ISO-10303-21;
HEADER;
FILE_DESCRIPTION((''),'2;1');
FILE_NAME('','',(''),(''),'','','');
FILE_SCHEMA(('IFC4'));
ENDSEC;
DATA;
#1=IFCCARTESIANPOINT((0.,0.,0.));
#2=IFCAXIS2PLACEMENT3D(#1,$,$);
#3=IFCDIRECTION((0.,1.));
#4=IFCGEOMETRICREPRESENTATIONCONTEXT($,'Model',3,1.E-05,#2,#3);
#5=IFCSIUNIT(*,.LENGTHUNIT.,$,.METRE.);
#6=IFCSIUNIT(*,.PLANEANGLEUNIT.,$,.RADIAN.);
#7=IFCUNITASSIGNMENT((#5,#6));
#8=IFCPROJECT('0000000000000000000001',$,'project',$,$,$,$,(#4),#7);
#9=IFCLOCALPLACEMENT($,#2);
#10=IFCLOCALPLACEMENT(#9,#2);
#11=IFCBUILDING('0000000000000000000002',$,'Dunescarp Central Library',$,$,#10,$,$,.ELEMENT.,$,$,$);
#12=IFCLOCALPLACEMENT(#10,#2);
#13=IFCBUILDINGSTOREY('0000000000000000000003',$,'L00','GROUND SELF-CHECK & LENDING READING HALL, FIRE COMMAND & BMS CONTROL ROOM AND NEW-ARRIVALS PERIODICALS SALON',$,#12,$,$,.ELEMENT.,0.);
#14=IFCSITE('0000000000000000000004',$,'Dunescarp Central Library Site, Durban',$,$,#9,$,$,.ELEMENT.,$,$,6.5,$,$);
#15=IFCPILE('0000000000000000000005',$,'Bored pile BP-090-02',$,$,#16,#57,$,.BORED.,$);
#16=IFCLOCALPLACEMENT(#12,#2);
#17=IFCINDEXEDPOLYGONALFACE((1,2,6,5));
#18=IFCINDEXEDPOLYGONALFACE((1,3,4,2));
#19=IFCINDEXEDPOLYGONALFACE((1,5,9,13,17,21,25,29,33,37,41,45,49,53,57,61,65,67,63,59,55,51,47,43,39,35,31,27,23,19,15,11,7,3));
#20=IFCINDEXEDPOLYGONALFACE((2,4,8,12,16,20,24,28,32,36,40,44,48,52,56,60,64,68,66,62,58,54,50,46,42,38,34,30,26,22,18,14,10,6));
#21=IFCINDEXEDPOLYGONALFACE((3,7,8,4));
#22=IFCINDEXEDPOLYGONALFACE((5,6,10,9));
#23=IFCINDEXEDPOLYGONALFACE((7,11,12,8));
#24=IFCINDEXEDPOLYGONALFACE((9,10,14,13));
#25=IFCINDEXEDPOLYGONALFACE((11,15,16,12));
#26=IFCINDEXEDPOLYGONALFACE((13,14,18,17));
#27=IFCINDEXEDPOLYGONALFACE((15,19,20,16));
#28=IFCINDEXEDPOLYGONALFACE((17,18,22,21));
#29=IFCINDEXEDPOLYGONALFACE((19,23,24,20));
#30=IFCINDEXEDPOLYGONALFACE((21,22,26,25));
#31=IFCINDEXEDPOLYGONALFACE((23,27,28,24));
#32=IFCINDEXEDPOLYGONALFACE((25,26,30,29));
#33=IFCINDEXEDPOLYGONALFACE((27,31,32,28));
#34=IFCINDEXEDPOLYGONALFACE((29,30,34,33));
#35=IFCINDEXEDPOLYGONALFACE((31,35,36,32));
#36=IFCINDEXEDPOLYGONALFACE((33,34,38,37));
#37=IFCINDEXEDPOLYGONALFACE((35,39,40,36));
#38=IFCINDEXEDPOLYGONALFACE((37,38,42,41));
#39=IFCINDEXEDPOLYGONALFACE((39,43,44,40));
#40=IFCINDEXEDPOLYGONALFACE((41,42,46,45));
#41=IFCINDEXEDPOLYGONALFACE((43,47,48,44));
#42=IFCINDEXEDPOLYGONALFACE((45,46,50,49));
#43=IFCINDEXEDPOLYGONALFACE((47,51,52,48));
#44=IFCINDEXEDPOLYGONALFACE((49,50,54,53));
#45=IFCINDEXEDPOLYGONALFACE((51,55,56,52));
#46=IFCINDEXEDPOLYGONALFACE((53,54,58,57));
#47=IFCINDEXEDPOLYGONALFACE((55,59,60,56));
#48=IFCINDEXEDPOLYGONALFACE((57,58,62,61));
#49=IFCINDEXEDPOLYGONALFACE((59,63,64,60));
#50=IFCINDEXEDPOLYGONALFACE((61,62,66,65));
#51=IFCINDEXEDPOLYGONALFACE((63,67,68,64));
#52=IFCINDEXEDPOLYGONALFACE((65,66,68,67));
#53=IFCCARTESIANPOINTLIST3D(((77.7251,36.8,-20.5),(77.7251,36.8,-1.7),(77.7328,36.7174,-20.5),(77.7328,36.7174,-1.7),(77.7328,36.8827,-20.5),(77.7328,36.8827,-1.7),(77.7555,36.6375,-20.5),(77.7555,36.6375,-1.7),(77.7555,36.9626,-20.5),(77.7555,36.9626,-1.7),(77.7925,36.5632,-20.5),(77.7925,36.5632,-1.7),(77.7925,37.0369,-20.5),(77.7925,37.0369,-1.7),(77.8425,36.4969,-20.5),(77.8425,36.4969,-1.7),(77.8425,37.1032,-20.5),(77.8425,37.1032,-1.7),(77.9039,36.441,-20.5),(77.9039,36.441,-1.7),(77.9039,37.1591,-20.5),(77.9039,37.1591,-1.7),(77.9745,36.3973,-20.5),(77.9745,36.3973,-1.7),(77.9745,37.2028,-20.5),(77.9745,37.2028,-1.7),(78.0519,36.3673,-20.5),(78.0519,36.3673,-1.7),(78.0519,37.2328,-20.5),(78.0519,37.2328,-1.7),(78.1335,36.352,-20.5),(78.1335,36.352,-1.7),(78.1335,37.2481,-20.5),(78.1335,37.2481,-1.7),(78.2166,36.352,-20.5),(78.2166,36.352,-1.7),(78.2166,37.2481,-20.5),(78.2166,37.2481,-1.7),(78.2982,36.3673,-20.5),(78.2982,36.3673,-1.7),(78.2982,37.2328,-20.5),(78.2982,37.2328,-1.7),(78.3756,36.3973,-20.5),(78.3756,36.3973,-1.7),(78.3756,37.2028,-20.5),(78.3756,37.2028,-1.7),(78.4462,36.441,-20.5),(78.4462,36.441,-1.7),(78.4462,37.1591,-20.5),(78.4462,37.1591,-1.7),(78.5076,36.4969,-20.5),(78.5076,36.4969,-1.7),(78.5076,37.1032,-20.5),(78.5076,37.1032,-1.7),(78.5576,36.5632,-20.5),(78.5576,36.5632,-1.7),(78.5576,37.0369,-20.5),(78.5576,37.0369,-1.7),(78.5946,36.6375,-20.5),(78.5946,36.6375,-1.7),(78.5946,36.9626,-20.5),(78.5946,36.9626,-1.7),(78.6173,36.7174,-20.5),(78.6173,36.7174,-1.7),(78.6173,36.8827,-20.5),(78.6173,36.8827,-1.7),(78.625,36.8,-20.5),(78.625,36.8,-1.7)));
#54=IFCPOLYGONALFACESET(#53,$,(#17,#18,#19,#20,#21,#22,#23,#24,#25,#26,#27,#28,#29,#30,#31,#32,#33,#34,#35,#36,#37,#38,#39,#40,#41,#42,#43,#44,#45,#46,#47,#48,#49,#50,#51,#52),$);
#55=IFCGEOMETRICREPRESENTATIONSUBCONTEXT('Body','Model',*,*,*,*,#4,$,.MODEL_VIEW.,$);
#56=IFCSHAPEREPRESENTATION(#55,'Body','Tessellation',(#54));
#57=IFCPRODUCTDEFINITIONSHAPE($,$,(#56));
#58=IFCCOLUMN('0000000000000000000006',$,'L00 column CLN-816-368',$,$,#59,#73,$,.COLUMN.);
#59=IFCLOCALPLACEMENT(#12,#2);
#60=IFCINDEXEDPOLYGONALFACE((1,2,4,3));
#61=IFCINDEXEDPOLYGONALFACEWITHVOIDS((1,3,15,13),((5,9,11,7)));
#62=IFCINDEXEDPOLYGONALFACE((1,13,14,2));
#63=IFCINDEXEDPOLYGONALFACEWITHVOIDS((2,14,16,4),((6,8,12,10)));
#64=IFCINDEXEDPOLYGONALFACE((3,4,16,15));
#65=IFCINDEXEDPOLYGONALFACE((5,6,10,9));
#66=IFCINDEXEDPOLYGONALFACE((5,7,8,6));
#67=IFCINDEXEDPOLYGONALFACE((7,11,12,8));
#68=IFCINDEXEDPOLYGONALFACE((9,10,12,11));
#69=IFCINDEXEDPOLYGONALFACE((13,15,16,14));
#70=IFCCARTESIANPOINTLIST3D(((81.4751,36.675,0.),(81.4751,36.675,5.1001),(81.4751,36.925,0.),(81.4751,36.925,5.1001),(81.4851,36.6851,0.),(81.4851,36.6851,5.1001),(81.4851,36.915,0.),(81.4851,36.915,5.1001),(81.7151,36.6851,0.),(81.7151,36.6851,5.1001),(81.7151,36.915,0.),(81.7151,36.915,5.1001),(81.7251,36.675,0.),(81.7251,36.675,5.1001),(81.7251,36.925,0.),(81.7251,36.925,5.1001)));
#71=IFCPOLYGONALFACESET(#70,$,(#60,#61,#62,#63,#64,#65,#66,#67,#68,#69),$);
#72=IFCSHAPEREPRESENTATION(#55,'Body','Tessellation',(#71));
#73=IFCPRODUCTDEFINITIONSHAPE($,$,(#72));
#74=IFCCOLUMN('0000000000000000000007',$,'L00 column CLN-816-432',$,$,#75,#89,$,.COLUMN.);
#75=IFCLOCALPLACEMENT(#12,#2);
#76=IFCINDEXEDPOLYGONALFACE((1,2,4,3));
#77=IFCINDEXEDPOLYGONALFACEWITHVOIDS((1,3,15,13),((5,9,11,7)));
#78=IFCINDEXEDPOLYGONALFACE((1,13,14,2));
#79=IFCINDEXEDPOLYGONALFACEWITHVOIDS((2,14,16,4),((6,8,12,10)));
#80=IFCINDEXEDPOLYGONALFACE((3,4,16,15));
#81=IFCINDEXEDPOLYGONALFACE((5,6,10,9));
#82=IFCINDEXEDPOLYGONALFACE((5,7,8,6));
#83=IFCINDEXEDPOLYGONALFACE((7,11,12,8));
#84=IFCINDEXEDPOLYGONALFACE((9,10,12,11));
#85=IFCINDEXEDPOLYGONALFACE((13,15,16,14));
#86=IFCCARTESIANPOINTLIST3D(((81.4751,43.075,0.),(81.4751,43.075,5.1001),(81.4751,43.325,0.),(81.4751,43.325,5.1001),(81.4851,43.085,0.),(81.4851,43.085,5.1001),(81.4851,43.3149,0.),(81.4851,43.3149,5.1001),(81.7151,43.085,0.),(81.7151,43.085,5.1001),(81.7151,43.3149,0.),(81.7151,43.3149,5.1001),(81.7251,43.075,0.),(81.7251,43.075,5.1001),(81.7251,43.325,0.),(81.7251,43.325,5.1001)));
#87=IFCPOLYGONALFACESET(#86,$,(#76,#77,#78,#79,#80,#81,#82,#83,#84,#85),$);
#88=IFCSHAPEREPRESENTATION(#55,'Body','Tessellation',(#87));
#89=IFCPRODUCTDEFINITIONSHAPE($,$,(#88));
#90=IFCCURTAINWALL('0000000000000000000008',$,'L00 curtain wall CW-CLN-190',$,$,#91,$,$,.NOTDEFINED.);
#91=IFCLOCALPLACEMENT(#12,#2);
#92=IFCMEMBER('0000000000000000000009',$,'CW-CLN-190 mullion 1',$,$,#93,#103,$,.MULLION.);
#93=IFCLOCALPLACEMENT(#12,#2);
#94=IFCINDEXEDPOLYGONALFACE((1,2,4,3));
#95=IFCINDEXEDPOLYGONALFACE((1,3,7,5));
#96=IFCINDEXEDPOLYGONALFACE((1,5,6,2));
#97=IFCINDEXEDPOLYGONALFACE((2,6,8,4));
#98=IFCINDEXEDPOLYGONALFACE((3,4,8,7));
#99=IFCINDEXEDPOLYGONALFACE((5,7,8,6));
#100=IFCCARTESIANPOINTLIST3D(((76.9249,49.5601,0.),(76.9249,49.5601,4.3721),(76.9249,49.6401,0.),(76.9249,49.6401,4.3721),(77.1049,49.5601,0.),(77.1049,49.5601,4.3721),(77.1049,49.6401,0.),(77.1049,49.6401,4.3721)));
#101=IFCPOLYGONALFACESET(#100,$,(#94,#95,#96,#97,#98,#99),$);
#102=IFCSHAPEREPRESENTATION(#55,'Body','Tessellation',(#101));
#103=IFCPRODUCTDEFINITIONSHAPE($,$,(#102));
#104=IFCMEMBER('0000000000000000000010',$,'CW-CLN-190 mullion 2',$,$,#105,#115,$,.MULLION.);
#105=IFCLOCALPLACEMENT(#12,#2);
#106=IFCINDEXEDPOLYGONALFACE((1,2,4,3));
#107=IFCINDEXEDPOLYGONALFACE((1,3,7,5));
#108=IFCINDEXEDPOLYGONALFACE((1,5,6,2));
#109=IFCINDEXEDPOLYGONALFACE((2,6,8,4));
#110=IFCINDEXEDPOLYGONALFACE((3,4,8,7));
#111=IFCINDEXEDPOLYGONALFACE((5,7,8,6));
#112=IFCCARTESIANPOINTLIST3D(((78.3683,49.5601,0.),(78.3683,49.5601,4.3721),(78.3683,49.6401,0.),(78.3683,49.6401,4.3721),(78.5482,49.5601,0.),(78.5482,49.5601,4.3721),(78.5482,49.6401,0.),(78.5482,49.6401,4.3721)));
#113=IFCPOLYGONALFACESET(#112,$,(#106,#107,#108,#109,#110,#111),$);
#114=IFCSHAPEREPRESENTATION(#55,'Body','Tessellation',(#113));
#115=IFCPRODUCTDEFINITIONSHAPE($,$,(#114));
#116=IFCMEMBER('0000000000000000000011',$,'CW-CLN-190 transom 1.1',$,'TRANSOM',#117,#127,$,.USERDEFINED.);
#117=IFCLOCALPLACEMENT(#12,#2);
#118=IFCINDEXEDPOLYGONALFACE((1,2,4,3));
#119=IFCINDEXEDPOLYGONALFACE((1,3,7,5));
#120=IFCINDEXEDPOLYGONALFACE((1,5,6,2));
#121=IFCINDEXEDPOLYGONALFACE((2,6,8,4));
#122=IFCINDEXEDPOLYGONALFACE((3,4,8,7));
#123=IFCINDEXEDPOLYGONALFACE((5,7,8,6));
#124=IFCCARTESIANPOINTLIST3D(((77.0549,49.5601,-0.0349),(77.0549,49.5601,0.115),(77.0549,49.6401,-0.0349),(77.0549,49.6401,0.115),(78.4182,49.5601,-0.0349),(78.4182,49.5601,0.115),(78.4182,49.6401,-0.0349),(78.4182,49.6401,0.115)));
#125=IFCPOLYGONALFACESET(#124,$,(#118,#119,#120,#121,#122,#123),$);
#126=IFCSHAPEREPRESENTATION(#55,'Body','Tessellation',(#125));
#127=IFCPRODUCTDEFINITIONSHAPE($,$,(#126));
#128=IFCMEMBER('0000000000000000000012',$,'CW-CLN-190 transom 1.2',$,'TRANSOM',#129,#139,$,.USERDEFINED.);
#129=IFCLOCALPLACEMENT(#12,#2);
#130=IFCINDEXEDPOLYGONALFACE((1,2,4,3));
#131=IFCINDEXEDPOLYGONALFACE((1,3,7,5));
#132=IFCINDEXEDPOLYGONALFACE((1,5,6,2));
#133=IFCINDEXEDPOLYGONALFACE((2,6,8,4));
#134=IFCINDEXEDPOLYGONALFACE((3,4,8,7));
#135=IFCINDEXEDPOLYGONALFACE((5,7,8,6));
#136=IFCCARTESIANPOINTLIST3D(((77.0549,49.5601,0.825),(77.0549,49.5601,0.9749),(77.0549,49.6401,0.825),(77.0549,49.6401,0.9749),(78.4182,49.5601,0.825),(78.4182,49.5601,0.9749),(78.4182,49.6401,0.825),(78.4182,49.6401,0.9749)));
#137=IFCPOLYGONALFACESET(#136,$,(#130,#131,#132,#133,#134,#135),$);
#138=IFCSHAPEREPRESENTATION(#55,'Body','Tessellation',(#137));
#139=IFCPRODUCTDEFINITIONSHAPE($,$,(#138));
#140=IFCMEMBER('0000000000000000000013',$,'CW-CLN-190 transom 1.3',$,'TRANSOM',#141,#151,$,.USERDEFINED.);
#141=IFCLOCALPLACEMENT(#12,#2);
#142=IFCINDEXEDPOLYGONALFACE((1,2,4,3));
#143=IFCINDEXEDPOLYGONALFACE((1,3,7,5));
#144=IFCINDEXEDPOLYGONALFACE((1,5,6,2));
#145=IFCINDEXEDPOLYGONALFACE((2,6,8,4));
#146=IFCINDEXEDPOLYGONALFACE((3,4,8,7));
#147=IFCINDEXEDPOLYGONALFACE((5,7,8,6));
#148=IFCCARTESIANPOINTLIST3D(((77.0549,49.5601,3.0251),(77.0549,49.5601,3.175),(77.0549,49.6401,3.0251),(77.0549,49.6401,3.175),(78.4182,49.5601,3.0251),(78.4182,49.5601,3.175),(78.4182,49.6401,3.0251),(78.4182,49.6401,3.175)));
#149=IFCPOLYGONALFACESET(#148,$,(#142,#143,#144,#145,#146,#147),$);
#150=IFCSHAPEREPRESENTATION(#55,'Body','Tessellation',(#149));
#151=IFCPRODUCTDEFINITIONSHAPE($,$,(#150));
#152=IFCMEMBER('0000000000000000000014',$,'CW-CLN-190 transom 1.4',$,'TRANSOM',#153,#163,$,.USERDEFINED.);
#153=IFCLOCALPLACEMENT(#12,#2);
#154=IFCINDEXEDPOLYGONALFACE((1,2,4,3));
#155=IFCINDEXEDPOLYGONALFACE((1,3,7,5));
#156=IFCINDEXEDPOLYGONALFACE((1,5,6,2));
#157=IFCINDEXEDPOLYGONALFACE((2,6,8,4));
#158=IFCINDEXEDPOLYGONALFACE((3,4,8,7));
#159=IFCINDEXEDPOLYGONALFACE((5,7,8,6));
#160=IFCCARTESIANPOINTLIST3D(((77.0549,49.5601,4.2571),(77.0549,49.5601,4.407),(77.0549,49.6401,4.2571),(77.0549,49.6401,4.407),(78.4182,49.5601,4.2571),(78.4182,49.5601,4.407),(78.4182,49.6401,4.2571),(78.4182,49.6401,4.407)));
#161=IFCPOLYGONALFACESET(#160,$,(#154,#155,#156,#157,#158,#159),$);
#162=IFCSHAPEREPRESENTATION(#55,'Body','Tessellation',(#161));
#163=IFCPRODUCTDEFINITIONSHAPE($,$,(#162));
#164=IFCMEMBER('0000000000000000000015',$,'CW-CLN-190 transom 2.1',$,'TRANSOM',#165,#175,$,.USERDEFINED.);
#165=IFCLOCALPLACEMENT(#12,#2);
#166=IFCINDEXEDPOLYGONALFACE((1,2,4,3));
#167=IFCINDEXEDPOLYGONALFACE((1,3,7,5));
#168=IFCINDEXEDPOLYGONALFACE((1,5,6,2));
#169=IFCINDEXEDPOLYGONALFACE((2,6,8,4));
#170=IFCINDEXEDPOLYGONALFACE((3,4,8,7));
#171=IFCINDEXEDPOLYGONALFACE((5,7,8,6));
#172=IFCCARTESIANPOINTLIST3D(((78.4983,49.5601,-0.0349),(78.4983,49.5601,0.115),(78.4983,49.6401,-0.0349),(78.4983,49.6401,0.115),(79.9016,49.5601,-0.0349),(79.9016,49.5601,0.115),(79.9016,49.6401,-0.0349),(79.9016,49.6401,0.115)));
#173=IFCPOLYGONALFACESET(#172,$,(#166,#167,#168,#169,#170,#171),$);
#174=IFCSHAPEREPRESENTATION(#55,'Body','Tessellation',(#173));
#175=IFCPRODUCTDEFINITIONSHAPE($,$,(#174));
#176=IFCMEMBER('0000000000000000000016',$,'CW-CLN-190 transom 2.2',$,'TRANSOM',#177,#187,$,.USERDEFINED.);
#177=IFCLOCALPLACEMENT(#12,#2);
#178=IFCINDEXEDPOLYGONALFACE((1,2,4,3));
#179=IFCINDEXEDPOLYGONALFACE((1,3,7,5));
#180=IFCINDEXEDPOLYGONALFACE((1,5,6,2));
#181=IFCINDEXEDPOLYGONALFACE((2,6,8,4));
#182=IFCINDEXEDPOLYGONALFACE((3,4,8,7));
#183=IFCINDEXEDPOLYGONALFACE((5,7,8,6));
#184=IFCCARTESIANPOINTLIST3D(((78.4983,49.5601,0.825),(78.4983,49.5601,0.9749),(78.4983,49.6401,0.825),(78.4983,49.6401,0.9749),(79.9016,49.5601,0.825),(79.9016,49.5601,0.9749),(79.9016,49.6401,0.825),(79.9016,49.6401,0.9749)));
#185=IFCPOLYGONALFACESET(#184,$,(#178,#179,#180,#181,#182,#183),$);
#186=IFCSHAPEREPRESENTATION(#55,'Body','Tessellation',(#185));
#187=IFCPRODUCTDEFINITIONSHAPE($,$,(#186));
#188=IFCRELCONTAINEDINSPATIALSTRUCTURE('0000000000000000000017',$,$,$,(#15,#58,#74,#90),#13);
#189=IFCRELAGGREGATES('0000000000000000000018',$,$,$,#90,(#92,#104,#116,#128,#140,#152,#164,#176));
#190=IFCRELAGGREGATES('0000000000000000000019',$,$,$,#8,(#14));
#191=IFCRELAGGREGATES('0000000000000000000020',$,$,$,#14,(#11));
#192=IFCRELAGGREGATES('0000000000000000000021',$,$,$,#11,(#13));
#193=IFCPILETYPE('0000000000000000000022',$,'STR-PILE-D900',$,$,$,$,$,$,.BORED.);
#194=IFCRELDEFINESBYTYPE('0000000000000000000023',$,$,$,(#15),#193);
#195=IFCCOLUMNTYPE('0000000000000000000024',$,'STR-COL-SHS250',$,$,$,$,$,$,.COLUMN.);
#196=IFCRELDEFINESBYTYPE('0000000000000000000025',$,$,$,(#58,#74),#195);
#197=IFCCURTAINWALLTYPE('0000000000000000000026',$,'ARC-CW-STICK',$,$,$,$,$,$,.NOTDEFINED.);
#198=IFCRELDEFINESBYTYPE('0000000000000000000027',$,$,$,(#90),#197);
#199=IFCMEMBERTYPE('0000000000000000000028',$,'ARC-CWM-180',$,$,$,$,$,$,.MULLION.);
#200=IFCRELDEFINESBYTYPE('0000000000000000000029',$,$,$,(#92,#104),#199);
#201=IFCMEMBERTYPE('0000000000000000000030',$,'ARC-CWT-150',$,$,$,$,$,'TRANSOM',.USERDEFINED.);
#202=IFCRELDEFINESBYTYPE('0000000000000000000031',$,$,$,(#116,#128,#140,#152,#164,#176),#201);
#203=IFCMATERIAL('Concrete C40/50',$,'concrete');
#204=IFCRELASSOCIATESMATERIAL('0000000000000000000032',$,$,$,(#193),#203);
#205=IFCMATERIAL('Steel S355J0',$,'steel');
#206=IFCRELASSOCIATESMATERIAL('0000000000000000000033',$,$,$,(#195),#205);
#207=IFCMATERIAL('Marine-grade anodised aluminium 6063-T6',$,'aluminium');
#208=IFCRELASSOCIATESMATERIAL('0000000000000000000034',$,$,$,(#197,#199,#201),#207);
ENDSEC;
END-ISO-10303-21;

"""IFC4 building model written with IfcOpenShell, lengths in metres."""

from ifc_helpers import new_model, si_unit, direction, frame, origin, origin_2d, place, context, subcontext, project, spatial, rectangle, hollow_rectangle, circle, extrude, material, material_profile, profile_set, type_object, element, aggregate, save


model = new_model("IFC4")

# Units and contexts
model_context = context("Model", 3, precision=1e-05, world=origin(), true_north=direction((0.0, 1.0)))
body_context = subcontext(model_context, "Body", "Model", "MODEL_VIEW")
ifc_project = project(units=[si_unit("LENGTHUNIT", "METRE"), si_unit("PLANEANGLEUNIT", "RADIAN")], contexts=[model_context])

# Site, building, storey
site_placement = place(None, origin())
site = spatial("IfcSite", under=ifc_project, at=site_placement, Name="Dunescarp Central Library Site, Durban", CompositionType="ELEMENT", RefElevation=6.5)
building_placement = place(site_placement, origin())
building = spatial("IfcBuilding", under=site, at=building_placement, Name="Dunescarp Central Library", CompositionType="ELEMENT")
storey_placement = place(building_placement, origin())
storey = spatial("IfcBuildingStorey", under=building, at=storey_placement, Name="L00", Description="GROUND SELF-CHECK & LENDING READING HALL, FIRE COMMAND & BMS CONTROL ROOM AND NEW-ARRIVALS PERIODICALS SALON", CompositionType="ELEMENT", Elevation=0.0)

# Shared definitions
ifc_material_1 = material(Name="Concrete C40/50", Category="concrete")

# Pile
ifc_material_profile_1 = material_profile(ifc_material_1, circle(Radius=0.45, at=origin_2d()), Name="PILE D900")
ifc_profile_set_1 = profile_set([ifc_material_profile_1], Name="Concrete C40/50")
pile_type_1 = type_object("IfcPileType", Name="STR-PILE-D900", PredefinedType="BORED", material=ifc_profile_set_1)
for number, where, z_axis, x_axis, name in (
    (1, (78.175, 36.8, -1.7), (0.0, 0.0, -1.0), (1.0, 0.0, 0.0), "Bored pile BP-090-02"),
):
    element("IfcPile", number, at=place(storey_placement, frame(where, z_axis=z_axis, x_axis=x_axis)), inside=storey, type_object=pile_type_1, Name=name, PredefinedType="BORED", context=body_context, shape_type="SweptSolid", body=[
        extrude(circle(Radius=0.45, at=origin_2d()), origin(), (0.0, 0.0, 1.0), 18.8),
    ])

# Columns
ifc_material_2 = material(Name="Steel S355J0", Category="steel")
ifc_material_profile_2 = material_profile(ifc_material_2, hollow_rectangle(XDim=0.25, YDim=0.25, WallThickness=0.01, at=origin_2d()), Name="SHS 250x250x10")
ifc_profile_set_2 = profile_set([ifc_material_profile_2], Name="Steel S355J0")
column_type = type_object("IfcColumnType", Name="STR-COL-SHS250", PredefinedType="COLUMN", material=ifc_profile_set_2)
for number, where, z_axis, x_axis, name in (
    (2, (81.6001, 36.8, 0.0), (0.0, 0.0, 1.0), (1.0, 0.0, 0.0), "L00 column CLN-816-368"),
    (3, (81.6001, 43.2, 0.0), (0.0, 0.0, 1.0), (1.0, 0.0, 0.0), "L00 column CLN-816-432"),
):
    element("IfcColumn", number, at=place(storey_placement, frame(where, z_axis=z_axis, x_axis=x_axis)), inside=storey, type_object=column_type, Name=name, PredefinedType="COLUMN", context=body_context, shape_type="SweptSolid", body=[
        extrude(hollow_rectangle(XDim=0.25, YDim=0.25, WallThickness=0.01, at=origin_2d()), origin(), (0.0, 0.0, 1.0), 5.1001),
    ])

# Curtain wall, members
ifc_material_3 = material(Name="Marine-grade anodised aluminium 6063-T6", Category="aluminium")
curtain_wall_type = type_object("IfcCurtainWallType", Name="ARC-CW-STICK", PredefinedType="NOTDEFINED", material=ifc_material_3)
curtain_wall_placement = place(storey_placement, origin())
curtain_wall = element("IfcCurtainWall", 4, at=curtain_wall_placement, inside=storey, type_object=curtain_wall_type, Name="L00 curtain wall CW-CLN-190", PredefinedType="NOTDEFINED")
ifc_material_profile_3 = material_profile(ifc_material_3, rectangle(XDim=0.0801, YDim=0.1799, at=origin_2d()), Name="AL 80x180")
ifc_profile_set_3 = profile_set([ifc_material_profile_3], Name="Marine-grade anodised aluminium 6063-T6")
member_type_1 = type_object("IfcMemberType", Name="ARC-CWM-180", PredefinedType="MULLION", material=ifc_profile_set_3)
member_1_placement = place(storey_placement, frame((77.0149, 49.6001, 0.0), z_axis=(0.0, 0.0, 1.0), x_axis=(0.0, 1.0, 0.0)))
member_1 = element("IfcMember", 5, at=member_1_placement, type_object=member_type_1, Name="CW-CLN-190 mullion 1", PredefinedType="MULLION", context=body_context, shape_type="SweptSolid", body=[
    extrude(rectangle(XDim=0.0801, YDim=0.1799, at=origin_2d()), origin(), (0.0, 0.0, 1.0), 4.3721),
])
member_2_placement = place(storey_placement, frame((78.4583, 49.6001, 0.0), z_axis=(0.0, 0.0, 1.0), x_axis=(0.0, 1.0, 0.0)))
member_2 = element("IfcMember", 6, at=member_2_placement, type_object=member_type_1, Name="CW-CLN-190 mullion 2", PredefinedType="MULLION", context=body_context, shape_type="SweptSolid", body=[
    extrude(rectangle(XDim=0.0801, YDim=0.1799, at=origin_2d()), origin(), (0.0, 0.0, 1.0), 4.3721),
])
ifc_material_profile_4 = material_profile(ifc_material_3, rectangle(XDim=0.0801, YDim=0.1499, at=origin_2d()), Name="AL 80x150")
ifc_profile_set_4 = profile_set([ifc_material_profile_4], Name="Marine-grade anodised aluminium 6063-T6")
member_type_2 = type_object("IfcMemberType", Name="ARC-CWT-150", ElementType="TRANSOM", PredefinedType="USERDEFINED", material=ifc_profile_set_4)
member_3_placement = place(storey_placement, frame((77.0549, 49.6001, 0.04), z_axis=(1.0, 0.0, 0.0), x_axis=(0.0, 1.0, 0.0)))
member_3 = element("IfcMember", 7, at=member_3_placement, type_object=member_type_2, Name="CW-CLN-190 transom 1.1", ObjectType="TRANSOM", PredefinedType="USERDEFINED", context=body_context, shape_type="SweptSolid", body=[
    extrude(rectangle(XDim=0.0801, YDim=0.1499, at=origin_2d()), origin(), (0.0, 0.0, 1.0), 1.3633),
])
member_4_placement = place(storey_placement, frame((77.0549, 49.6001, 0.8999), z_axis=(1.0, 0.0, 0.0), x_axis=(0.0, 1.0, 0.0)))
member_4 = element("IfcMember", 8, at=member_4_placement, type_object=member_type_2, Name="CW-CLN-190 transom 1.2", ObjectType="TRANSOM", PredefinedType="USERDEFINED", context=body_context, shape_type="SweptSolid", body=[
    extrude(rectangle(XDim=0.0801, YDim=0.1499, at=origin_2d()), origin(), (0.0, 0.0, 1.0), 1.3633),
])
member_5_placement = place(storey_placement, frame((77.0549, 49.6001, 3.1001), z_axis=(1.0, 0.0, 0.0), x_axis=(0.0, 1.0, 0.0)))
member_5 = element("IfcMember", 9, at=member_5_placement, type_object=member_type_2, Name="CW-CLN-190 transom 1.3", ObjectType="TRANSOM", PredefinedType="USERDEFINED", context=body_context, shape_type="SweptSolid", body=[
    extrude(rectangle(XDim=0.0801, YDim=0.1499, at=origin_2d()), origin(), (0.0, 0.0, 1.0), 1.3633),
])
member_6_placement = place(storey_placement, frame((77.0549, 49.6001, 4.332), z_axis=(1.0, 0.0, 0.0), x_axis=(0.0, 1.0, 0.0)))
member_6 = element("IfcMember", 10, at=member_6_placement, type_object=member_type_2, Name="CW-CLN-190 transom 1.4", ObjectType="TRANSOM", PredefinedType="USERDEFINED", context=body_context, shape_type="SweptSolid", body=[
    extrude(rectangle(XDim=0.0801, YDim=0.1499, at=origin_2d()), origin(), (0.0, 0.0, 1.0), 1.3633),
])
member_7_placement = place(storey_placement, frame((78.4983, 49.6001, 0.04), z_axis=(1.0, 0.0, 0.0), x_axis=(0.0, 1.0, 0.0)))
member_7 = element("IfcMember", 11, at=member_7_placement, type_object=member_type_2, Name="CW-CLN-190 transom 2.1", ObjectType="TRANSOM", PredefinedType="USERDEFINED", context=body_context, shape_type="SweptSolid", body=[
    extrude(rectangle(XDim=0.0801, YDim=0.1499, at=origin_2d()), origin(), (0.0, 0.0, 1.0), 1.4033),
])
member_8_placement = place(storey_placement, frame((78.4983, 49.6001, 0.8999), z_axis=(1.0, 0.0, 0.0), x_axis=(0.0, 1.0, 0.0)))
member_8 = element("IfcMember", 12, at=member_8_placement, type_object=member_type_2, Name="CW-CLN-190 transom 2.2", ObjectType="TRANSOM", PredefinedType="USERDEFINED", context=body_context, shape_type="SweptSolid", body=[
    extrude(rectangle(XDim=0.0801, YDim=0.1499, at=origin_2d()), origin(), (0.0, 0.0, 1.0), 1.4033),
])
aggregate(curtain_wall, [member_1, member_2, member_3, member_4, member_5, member_6, member_7, member_8])

save(model, "model.ifc")
